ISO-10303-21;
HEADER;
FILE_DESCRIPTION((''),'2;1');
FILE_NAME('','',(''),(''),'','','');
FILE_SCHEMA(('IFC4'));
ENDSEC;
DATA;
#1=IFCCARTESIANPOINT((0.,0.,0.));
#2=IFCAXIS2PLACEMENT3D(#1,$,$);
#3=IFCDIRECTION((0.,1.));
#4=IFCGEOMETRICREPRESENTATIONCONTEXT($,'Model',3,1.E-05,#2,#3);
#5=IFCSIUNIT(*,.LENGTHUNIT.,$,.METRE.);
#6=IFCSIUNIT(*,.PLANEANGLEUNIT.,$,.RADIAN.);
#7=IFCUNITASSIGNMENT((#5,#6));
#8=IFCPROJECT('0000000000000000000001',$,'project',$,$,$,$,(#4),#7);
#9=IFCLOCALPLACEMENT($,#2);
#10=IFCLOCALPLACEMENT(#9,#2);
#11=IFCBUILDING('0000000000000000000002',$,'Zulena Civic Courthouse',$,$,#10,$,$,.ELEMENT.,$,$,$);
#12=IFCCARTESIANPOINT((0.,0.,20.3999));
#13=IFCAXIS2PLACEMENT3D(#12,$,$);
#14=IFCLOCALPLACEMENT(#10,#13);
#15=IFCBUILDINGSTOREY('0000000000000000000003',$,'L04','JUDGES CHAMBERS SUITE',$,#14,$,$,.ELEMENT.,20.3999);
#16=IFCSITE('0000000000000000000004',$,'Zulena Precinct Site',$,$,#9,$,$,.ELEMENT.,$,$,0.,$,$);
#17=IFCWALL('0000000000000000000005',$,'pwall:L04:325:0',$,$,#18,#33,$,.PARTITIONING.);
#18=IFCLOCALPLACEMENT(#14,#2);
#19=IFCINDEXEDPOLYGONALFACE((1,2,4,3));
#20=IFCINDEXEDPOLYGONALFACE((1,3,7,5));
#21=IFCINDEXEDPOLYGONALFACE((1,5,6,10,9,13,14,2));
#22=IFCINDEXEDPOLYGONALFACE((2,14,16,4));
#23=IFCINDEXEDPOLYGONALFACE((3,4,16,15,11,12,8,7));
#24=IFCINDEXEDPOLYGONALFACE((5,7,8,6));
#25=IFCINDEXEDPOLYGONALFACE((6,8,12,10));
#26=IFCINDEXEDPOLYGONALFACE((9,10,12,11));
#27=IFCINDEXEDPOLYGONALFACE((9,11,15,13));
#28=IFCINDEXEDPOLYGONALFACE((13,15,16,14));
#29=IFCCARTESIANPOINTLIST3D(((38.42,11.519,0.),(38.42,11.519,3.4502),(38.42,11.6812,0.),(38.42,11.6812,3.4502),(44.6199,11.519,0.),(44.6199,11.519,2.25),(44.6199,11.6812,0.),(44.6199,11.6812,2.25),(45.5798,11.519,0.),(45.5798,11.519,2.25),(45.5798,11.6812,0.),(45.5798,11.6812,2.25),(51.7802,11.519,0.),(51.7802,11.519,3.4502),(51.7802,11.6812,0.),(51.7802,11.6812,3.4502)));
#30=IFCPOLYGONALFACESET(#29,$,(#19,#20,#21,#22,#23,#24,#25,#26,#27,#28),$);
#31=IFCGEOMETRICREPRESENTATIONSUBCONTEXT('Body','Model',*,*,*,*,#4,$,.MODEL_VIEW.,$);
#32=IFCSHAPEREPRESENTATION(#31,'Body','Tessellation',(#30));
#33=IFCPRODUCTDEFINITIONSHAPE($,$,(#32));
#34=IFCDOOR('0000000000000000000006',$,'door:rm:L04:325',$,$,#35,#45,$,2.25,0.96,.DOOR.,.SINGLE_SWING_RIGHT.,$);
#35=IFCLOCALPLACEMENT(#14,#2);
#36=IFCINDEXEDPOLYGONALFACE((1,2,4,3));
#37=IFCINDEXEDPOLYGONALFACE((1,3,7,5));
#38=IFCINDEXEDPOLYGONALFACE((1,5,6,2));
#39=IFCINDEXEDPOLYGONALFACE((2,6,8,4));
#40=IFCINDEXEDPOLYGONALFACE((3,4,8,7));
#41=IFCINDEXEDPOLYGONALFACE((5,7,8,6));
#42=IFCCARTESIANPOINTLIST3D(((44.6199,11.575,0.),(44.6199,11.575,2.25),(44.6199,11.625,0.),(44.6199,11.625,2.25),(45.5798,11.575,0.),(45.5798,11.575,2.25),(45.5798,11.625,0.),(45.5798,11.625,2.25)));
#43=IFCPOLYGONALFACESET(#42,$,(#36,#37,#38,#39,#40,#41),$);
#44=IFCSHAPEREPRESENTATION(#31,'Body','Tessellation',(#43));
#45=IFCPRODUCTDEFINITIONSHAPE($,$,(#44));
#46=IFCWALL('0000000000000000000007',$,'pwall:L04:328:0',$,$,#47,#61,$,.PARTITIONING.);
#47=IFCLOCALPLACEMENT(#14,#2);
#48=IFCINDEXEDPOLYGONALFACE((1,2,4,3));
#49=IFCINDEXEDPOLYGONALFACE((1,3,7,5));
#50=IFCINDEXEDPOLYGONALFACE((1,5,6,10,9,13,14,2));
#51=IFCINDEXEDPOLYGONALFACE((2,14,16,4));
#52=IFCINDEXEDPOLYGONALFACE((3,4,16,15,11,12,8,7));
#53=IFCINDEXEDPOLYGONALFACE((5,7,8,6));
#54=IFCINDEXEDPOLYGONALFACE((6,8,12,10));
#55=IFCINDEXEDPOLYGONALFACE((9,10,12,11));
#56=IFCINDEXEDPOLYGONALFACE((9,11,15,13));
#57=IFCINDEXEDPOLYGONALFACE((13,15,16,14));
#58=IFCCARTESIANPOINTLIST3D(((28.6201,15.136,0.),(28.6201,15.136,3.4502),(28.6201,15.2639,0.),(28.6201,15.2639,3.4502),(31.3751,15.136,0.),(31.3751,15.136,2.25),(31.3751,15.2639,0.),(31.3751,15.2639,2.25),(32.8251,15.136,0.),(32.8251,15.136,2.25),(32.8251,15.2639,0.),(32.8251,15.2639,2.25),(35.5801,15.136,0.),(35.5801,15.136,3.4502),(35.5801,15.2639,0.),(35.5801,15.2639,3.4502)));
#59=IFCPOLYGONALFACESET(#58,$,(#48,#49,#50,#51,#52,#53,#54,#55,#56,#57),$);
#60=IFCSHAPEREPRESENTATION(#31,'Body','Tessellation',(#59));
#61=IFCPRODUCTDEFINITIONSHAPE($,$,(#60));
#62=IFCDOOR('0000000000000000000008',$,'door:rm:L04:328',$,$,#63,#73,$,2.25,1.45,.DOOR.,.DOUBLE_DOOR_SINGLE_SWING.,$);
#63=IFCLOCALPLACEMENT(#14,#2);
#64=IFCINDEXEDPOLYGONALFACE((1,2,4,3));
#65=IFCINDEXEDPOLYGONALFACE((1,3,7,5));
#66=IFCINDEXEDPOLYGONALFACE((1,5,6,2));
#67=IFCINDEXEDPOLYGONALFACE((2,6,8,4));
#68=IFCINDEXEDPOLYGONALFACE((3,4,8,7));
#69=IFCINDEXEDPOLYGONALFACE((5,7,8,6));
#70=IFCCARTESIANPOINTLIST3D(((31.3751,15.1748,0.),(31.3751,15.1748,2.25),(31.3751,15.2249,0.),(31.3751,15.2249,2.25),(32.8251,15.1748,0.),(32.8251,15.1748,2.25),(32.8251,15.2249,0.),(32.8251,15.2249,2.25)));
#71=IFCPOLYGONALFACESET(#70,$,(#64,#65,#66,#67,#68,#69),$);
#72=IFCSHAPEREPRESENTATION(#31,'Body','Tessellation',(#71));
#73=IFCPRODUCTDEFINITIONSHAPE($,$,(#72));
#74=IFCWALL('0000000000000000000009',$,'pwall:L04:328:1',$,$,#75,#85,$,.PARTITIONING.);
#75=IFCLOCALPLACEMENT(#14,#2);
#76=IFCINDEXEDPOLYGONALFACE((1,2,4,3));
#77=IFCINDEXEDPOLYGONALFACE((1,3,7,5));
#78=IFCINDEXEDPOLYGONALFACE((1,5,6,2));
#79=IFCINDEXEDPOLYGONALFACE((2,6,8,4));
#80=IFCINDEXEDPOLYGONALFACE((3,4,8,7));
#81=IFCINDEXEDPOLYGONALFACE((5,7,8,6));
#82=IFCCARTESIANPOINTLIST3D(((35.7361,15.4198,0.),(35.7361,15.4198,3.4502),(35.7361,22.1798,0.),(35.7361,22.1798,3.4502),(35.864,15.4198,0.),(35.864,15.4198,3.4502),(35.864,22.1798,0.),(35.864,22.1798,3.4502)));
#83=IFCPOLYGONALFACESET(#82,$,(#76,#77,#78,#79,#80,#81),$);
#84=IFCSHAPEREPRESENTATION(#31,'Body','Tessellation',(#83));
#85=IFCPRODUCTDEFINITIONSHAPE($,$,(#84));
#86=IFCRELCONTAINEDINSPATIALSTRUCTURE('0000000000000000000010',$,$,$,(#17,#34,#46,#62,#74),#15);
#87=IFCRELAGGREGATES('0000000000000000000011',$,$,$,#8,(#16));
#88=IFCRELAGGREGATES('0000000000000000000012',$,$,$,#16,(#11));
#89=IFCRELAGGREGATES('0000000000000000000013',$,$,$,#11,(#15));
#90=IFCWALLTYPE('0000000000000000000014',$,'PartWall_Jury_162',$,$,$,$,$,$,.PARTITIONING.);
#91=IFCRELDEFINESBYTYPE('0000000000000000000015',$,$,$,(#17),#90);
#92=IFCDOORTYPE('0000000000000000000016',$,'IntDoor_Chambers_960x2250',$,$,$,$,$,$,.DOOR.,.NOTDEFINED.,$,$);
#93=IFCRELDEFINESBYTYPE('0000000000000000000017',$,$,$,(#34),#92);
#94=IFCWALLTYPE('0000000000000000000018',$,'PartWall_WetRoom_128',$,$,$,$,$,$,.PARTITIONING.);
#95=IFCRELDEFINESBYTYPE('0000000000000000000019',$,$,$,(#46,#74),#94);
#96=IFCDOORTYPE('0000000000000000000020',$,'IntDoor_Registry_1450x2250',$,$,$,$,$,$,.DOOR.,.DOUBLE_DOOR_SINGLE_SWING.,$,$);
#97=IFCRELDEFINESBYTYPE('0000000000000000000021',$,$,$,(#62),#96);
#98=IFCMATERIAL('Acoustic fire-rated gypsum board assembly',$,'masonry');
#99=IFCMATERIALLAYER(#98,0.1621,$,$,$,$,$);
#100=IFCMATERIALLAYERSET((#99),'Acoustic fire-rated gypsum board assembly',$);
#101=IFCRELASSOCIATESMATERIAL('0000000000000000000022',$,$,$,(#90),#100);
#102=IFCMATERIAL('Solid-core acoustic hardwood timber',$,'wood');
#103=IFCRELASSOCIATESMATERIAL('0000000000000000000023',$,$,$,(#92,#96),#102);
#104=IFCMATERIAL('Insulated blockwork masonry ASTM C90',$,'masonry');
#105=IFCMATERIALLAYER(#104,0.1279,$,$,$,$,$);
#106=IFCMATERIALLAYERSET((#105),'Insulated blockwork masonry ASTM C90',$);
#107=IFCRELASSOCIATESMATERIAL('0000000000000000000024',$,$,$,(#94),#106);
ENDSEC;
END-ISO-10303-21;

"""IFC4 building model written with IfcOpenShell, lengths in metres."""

from ifc_helpers import new_model, si_unit, direction, frame, frame_2d, origin, place, context, subcontext, project, spatial, rectangle, extrude, material, layer, layer_set, type_object, element, fill, save


model = new_model("IFC4")

# Units and contexts
model_context = context("Model", 3, precision=1e-05, world=origin(), true_north=direction((0.0, 1.0)))
body_context = subcontext(model_context, "Body", "Model", "MODEL_VIEW")
ifc_project = project(units=[si_unit("LENGTHUNIT", "METRE"), si_unit("PLANEANGLEUNIT", "RADIAN")], contexts=[model_context])

# Site, building, storey
site_placement = place(None, origin())
site = spatial("IfcSite", under=ifc_project, at=site_placement, Name="Zulena Precinct Site", CompositionType="ELEMENT", RefElevation=0.0)
building_placement = place(site_placement, origin())
building = spatial("IfcBuilding", under=site, at=building_placement, Name="Zulena Civic Courthouse", CompositionType="ELEMENT")
storey_placement = place(building_placement, frame((0.0, 0.0, 20.3999)))
storey = spatial("IfcBuildingStorey", under=building, at=storey_placement, Name="L04", Description="JUDGES CHAMBERS SUITE", CompositionType="ELEMENT", Elevation=20.3999)

# Walls, openings, doors
ifc_material_1 = material(Name="Insulated blockwork masonry ASTM C90", Category="masonry")
ifc_material_2 = material(Name="Solid-core acoustic hardwood timber", Category="wood")
ifc_material_3 = material(Name="Acoustic fire-rated gypsum board assembly", Category="masonry")
ifc_layer_1 = layer(ifc_material_3, 0.1621)
ifc_layer_set_1 = layer_set([ifc_layer_1], Name="Acoustic fire-rated gypsum board assembly")
wall_type_1 = type_object("IfcWallType", Name="PartWall_Jury_162", PredefinedType="PARTITIONING", material=ifc_layer_set_1)
wall_1_placement = place(storey_placement, frame((38.4199, 11.6001, 0.0), z_axis=(0.0, 0.0, 1.0), x_axis=(1.0, 0.0, 0.0)))
wall_1 = element("IfcWall", 1, at=wall_1_placement, inside=storey, type_object=wall_type_1, Name="pwall:L04:325:0", PredefinedType="PARTITIONING", context=body_context, shape_type="SweptSolid", body=[
    extrude(rectangle(XDim=13.3601, YDim=0.1621, at=frame_2d((6.6802, 0.0))), origin(), (0.0, 0.0, 1.0), 3.4502),
])
opening_1_placement = place(wall_1_placement, frame((6.2, 0.0, 0.0)))
opening_1 = element("IfcOpeningElement", 2, at=opening_1_placement, cuts=wall_1, PredefinedType="OPENING", context=body_context, shape_type="SweptSolid", body=[
    extrude(rectangle(XDim=0.96, YDim=2.25, at=frame_2d((0.48, 1.125))), frame((0.0, 0.0911, 0.0), z_axis=(0.0, -1.0, 0.0), x_axis=(1.0, 0.0, 0.0)), (0.0, 0.0, 1.0), 0.1821),
])
door_type_1 = type_object("IfcDoorType", Name="IntDoor_Chambers_960x2250", OperationType="NOTDEFINED", PredefinedType="DOOR", material=ifc_material_2)
door_1_placement = place(opening_1_placement, origin())
door_1 = element("IfcDoor", 3, at=door_1_placement, inside=storey, type_object=door_type_1, Name="door:rm:L04:325", OperationType="SINGLE_SWING_RIGHT", OverallHeight=2.25, OverallWidth=0.96, PredefinedType="DOOR", context=body_context, shape_type="SweptSolid", body=[
    extrude(rectangle(XDim=0.96, YDim=2.25, at=frame_2d((0.48, 1.125))), frame((0.0, 0.0249, 0.0), z_axis=(0.0, -1.0, 0.0), x_axis=(1.0, 0.0, 0.0)), (0.0, 0.0, 1.0), 0.05),
])
fill(opening_1, door_1)
ifc_layer_2 = layer(ifc_material_1, 0.1279)
ifc_layer_set_2 = layer_set([ifc_layer_2], Name="Insulated blockwork masonry ASTM C90")
wall_type_2 = type_object("IfcWallType", Name="PartWall_WetRoom_128", PredefinedType="PARTITIONING", material=ifc_layer_set_2)
wall_2_placement = place(storey_placement, frame((28.6201, 15.2, 0.0), z_axis=(0.0, 0.0, 1.0), x_axis=(1.0, 0.0, 0.0)))
wall_2 = element("IfcWall", 4, at=wall_2_placement, inside=storey, type_object=wall_type_2, Name="pwall:L04:328:0", PredefinedType="PARTITIONING", context=body_context, shape_type="SweptSolid", body=[
    extrude(rectangle(XDim=6.96, YDim=0.1279, at=frame_2d((3.48, 0.0))), origin(), (0.0, 0.0, 1.0), 3.4502),
])
opening_2_placement = place(wall_2_placement, frame((2.7549, 0.0, 0.0)))
opening_2 = element("IfcOpeningElement", 5, at=opening_2_placement, cuts=wall_2, PredefinedType="OPENING", context=body_context, shape_type="SweptSolid", body=[
    extrude(rectangle(XDim=1.45, YDim=2.25, at=frame_2d((0.7251, 1.125))), frame((0.0, 0.074, 0.0), z_axis=(0.0, -1.0, 0.0), x_axis=(1.0, 0.0, 0.0)), (0.0, 0.0, 1.0), 0.1479),
])
door_type_2 = type_object("IfcDoorType", Name="IntDoor_Registry_1450x2250", OperationType="DOUBLE_DOOR_SINGLE_SWING", PredefinedType="DOOR", material=ifc_material_2)
door_2_placement = place(opening_2_placement, origin())
door_2 = element("IfcDoor", 6, at=door_2_placement, inside=storey, type_object=door_type_2, Name="door:rm:L04:328", OperationType="DOUBLE_DOOR_SINGLE_SWING", OverallHeight=2.25, OverallWidth=1.45, PredefinedType="DOOR", context=body_context, shape_type="SweptSolid", body=[
    extrude(rectangle(XDim=1.45, YDim=2.25, at=frame_2d((0.7251, 1.125))), frame((0.0, 0.0249, 0.0), z_axis=(0.0, -1.0, 0.0), x_axis=(1.0, 0.0, 0.0)), (0.0, 0.0, 1.0), 0.05),
])
fill(opening_2, door_2)

# Wall
wall_3_placement = place(storey_placement, frame((35.8, 15.4199, 0.0), z_axis=(0.0, 0.0, 1.0), x_axis=(0.0, 1.0, 0.0)))
element("IfcWall", 7, at=wall_3_placement, inside=storey, type_object=wall_type_2, Name="pwall:L04:328:1", PredefinedType="PARTITIONING", context=body_context, shape_type="SweptSolid", body=[
    extrude(rectangle(XDim=6.76, YDim=0.1279, at=frame_2d((3.3799, 0.0))), origin(), (0.0, 0.0, 1.0), 3.4502),
])

save(model, "model.ifc")
